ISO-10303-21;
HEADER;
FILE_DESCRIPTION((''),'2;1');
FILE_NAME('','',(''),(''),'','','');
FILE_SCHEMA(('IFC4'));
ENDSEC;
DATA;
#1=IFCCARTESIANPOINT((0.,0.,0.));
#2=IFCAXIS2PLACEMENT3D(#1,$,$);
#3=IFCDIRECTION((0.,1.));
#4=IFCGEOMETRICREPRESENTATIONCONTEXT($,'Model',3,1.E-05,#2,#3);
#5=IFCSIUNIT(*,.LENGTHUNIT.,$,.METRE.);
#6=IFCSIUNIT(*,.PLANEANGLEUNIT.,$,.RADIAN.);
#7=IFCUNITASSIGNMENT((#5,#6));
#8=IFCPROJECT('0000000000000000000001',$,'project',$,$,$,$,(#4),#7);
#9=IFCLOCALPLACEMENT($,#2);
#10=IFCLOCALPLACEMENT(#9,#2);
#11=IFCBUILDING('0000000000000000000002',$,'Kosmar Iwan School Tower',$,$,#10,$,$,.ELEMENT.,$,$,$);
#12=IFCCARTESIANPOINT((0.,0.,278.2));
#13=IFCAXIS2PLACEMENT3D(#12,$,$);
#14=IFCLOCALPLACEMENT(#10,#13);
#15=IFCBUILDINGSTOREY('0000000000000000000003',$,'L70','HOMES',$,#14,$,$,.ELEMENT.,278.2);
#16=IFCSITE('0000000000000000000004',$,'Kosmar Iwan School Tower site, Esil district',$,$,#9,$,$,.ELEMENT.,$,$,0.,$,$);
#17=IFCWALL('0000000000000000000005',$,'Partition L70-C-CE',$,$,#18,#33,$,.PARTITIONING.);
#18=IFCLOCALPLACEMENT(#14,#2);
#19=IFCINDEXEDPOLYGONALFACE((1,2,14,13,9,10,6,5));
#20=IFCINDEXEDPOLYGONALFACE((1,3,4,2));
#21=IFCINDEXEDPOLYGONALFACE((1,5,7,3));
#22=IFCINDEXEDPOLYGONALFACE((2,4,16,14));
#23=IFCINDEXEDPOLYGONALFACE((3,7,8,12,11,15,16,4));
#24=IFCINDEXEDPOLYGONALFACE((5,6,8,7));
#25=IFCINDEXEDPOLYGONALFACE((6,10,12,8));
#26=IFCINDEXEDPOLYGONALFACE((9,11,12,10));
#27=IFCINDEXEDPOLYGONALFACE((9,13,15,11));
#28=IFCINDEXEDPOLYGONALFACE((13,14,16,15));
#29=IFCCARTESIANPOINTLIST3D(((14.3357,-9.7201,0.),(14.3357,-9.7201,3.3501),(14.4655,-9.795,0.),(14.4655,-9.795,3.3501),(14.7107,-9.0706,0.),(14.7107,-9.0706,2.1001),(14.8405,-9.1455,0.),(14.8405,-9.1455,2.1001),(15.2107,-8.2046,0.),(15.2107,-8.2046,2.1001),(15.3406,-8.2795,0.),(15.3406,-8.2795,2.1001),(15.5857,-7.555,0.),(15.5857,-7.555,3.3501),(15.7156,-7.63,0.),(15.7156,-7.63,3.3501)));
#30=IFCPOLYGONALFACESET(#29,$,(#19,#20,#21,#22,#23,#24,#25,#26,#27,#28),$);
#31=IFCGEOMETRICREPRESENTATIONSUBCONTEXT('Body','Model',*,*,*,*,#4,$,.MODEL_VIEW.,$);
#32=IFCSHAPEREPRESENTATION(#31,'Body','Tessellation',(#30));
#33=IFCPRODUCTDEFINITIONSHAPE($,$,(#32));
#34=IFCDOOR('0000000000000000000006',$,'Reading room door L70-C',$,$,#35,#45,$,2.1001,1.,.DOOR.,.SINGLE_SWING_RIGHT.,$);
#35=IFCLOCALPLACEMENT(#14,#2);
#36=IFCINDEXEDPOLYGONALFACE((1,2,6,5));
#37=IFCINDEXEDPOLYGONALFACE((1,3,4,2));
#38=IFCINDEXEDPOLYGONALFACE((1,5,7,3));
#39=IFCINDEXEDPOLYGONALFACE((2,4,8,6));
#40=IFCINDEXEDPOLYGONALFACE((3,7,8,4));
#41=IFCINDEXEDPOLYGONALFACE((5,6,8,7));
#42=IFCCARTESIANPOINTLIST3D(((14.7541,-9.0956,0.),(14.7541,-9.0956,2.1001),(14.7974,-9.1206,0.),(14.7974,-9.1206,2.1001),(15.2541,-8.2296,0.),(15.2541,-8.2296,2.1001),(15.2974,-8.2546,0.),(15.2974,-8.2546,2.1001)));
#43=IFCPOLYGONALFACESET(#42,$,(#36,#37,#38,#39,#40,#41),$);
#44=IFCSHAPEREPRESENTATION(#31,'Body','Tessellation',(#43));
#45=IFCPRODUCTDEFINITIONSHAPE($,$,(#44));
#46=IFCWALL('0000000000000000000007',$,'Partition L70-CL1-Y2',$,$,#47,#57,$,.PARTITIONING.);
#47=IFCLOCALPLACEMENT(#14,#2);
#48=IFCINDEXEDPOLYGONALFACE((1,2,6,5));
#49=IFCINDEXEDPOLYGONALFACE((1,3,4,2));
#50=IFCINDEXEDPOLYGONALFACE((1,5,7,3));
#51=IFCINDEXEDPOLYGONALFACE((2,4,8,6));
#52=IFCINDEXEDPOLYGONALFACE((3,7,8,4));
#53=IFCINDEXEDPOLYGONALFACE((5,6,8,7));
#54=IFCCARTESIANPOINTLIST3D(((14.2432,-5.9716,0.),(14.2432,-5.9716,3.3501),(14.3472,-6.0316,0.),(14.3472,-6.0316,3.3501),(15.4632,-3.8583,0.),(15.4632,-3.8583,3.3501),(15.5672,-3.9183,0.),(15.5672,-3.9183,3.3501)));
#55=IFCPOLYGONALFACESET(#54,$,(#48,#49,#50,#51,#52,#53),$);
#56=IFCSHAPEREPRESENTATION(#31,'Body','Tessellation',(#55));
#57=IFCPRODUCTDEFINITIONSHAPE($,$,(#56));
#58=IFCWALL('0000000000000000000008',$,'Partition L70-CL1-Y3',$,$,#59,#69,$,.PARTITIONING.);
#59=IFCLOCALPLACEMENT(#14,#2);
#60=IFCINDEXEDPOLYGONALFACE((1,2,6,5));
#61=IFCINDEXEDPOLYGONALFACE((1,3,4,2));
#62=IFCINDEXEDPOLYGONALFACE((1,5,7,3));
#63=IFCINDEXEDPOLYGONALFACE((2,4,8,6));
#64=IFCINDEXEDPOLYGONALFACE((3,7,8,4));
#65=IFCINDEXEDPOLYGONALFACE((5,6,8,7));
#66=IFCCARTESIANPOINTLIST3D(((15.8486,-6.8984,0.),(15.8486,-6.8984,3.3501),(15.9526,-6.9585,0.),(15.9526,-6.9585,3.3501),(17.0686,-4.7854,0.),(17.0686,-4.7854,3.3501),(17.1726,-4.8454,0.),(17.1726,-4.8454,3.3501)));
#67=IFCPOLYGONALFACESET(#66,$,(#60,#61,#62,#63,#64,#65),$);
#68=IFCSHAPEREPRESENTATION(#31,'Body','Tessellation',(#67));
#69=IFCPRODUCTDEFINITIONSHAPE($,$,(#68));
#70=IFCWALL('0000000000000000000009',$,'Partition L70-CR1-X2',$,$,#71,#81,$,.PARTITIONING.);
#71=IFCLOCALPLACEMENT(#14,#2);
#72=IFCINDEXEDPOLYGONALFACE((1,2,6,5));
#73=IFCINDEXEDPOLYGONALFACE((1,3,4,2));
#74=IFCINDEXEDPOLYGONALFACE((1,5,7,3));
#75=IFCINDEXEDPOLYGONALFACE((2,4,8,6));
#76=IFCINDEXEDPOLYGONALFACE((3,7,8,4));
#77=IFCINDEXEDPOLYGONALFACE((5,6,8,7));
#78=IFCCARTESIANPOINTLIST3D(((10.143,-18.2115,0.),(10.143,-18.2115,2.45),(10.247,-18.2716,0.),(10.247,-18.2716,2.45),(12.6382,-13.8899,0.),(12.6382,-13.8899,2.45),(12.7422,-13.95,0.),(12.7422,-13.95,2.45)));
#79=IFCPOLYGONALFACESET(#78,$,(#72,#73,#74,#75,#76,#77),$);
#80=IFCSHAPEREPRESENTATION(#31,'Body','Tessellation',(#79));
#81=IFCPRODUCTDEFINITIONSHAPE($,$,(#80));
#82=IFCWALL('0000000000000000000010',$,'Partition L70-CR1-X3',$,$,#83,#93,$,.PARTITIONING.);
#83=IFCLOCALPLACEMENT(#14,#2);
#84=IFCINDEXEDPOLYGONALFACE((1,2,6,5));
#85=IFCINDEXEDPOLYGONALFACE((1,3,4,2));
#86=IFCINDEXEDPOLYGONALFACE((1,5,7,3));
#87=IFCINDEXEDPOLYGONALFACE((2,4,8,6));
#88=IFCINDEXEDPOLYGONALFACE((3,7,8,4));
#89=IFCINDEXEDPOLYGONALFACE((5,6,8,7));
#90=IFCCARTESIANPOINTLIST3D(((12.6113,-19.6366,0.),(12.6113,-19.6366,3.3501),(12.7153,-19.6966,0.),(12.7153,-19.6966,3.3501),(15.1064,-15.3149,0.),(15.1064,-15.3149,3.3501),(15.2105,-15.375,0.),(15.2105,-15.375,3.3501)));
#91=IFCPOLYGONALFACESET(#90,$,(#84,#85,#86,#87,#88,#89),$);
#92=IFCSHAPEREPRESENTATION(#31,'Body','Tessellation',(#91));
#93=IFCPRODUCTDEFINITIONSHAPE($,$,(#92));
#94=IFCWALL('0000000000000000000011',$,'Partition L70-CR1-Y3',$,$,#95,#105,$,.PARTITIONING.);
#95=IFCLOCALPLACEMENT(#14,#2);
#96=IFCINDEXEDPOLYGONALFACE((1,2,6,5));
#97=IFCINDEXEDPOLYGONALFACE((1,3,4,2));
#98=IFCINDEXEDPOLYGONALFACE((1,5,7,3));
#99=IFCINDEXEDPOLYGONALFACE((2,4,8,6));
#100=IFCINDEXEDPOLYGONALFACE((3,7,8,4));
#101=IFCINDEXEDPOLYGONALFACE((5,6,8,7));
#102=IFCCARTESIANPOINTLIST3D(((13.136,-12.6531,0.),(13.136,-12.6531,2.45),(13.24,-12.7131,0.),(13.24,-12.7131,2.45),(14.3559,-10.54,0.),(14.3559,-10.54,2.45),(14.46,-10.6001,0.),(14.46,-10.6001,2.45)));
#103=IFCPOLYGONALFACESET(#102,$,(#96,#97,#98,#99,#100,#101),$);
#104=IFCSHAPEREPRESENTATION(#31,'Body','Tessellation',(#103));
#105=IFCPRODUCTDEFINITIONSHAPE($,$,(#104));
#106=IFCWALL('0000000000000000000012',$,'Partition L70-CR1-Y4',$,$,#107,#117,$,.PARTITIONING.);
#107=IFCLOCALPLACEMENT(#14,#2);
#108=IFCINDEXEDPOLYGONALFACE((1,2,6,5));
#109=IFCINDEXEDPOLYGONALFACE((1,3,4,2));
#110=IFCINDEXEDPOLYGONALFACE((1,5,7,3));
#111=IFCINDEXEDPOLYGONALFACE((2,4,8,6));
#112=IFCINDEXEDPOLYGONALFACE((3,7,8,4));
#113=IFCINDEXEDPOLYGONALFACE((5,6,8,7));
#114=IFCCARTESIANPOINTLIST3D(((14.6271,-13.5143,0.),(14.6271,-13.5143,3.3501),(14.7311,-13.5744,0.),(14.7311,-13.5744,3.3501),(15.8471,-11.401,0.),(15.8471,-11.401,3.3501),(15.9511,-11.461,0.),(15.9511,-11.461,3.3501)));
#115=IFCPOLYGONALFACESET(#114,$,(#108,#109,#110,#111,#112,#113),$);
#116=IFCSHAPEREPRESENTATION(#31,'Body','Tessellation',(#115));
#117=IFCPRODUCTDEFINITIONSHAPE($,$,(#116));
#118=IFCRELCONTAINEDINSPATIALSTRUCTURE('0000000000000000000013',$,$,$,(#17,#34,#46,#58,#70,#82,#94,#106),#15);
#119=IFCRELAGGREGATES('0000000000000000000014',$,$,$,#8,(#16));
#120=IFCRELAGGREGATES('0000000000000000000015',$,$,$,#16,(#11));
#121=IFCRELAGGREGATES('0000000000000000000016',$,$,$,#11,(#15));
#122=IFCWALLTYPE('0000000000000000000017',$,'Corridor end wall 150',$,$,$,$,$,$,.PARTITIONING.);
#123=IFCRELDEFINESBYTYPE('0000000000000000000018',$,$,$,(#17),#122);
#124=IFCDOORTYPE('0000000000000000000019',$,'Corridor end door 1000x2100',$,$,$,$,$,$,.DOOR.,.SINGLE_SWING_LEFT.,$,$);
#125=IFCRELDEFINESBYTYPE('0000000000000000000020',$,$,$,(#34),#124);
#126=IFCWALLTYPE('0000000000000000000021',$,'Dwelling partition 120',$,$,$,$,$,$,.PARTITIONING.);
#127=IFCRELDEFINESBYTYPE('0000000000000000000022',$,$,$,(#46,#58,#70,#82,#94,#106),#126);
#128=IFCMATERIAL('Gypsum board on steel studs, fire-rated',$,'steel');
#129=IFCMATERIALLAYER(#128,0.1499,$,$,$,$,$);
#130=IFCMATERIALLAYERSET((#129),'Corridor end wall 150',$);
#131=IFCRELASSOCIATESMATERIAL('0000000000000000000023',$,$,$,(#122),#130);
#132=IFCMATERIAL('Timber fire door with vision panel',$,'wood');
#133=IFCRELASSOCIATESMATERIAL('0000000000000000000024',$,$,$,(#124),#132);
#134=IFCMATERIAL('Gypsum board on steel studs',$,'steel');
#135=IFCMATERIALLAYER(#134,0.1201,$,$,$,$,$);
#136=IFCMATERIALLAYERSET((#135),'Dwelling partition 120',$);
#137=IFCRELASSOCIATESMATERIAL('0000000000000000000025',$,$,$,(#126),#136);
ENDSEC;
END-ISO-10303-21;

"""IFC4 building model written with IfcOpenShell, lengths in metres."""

from ifc_helpers import new_model, si_unit, direction, frame, frame_2d, origin, place, context, subcontext, project, spatial, rectangle, extrude, material, layer, layer_set, type_object, element, fill, save


model = new_model("IFC4")

# Units and contexts
model_context = context("Model", 3, precision=1e-05, world=origin(), true_north=direction((0.0, 1.0)))
body_context = subcontext(model_context, "Body", "Model", "MODEL_VIEW")
ifc_project = project(units=[si_unit("LENGTHUNIT", "METRE"), si_unit("PLANEANGLEUNIT", "RADIAN")], contexts=[model_context])

# Site, building, storey
site_placement = place(None, origin())
site = spatial("IfcSite", under=ifc_project, at=site_placement, Name="Kosmar Iwan School Tower site, Esil district", CompositionType="ELEMENT", RefElevation=0.0)
building_placement = place(site_placement, origin())
building = spatial("IfcBuilding", under=site, at=building_placement, Name="Kosmar Iwan School Tower", CompositionType="ELEMENT")
storey_placement = place(building_placement, frame((0.0, 0.0, 278.2)))
storey = spatial("IfcBuildingStorey", under=building, at=storey_placement, Name="L70", Description="HOMES", CompositionType="ELEMENT", Elevation=278.2)

# Wall, opening, door
ifc_material_1 = material(Name="Gypsum board on steel studs, fire-rated", Category="steel")
ifc_layer_1 = layer(ifc_material_1, 0.1499)
ifc_layer_set_1 = layer_set([ifc_layer_1], Name="Corridor end wall 150")
wall_type_1 = type_object("IfcWallType", Name="Corridor end wall 150", PredefinedType="PARTITIONING", material=ifc_layer_set_1)
wall_1_placement = place(storey_placement, frame((14.4006, -9.7576, 0.0), z_axis=(0.0, 0.0, 1.0), x_axis=(0.500004, 0.866023, 0.0)))
wall_1 = element("IfcWall", 1, at=wall_1_placement, inside=storey, type_object=wall_type_1, Name="Partition L70-C-CE", PredefinedType="PARTITIONING", context=body_context, shape_type="SweptSolid", body=[
    extrude(rectangle(XDim=2.5, YDim=0.1499, at=frame_2d((1.25, 0.0))), origin(), (0.0, 0.0, 1.0), 3.3501),
])
opening_placement = place(wall_1_placement, frame((0.75, 0.0, 0.0)))
opening = element("IfcOpeningElement", 2, at=opening_placement, cuts=wall_1, PredefinedType="OPENING", context=body_context, shape_type="SweptSolid", body=[
    extrude(rectangle(XDim=1.0, YDim=2.1001, at=frame_2d((0.5, 1.05))), frame((0.0, 0.0869, 0.0), z_axis=(0.0, -1.0, 0.0), x_axis=(1.0, 0.0, 0.0)), (0.0, 0.0, 1.0), 0.1738),
])
ifc_material_2 = material(Name="Timber fire door with vision panel", Category="wood")
door_type = type_object("IfcDoorType", Name="Corridor end door 1000x2100", OperationType="SINGLE_SWING_LEFT", PredefinedType="DOOR", material=ifc_material_2)
door_placement = place(opening_placement, origin())
door = element("IfcDoor", 3, at=door_placement, inside=storey, type_object=door_type, Name="Reading room door L70-C", OperationType="SINGLE_SWING_RIGHT", OverallHeight=2.1001, OverallWidth=1.0, PredefinedType="DOOR", context=body_context, shape_type="SweptSolid", body=[
    extrude(rectangle(XDim=1.0, YDim=2.1001, at=frame_2d((0.5, 1.05))), frame((0.0, 0.0249, 0.0), z_axis=(0.0, -1.0, 0.0), x_axis=(1.0, 0.0, 0.0)), (0.0, 0.0, 1.0), 0.05),
])
fill(opening, door)

# Walls
ifc_material_3 = material(Name="Gypsum board on steel studs", Category="steel")
ifc_layer_2 = layer(ifc_material_3, 0.1201)
ifc_layer_set_2 = layer_set([ifc_layer_2], Name="Dwelling partition 120")
wall_type_2 = type_object("IfcWallType", Name="Dwelling partition 120", PredefinedType="PARTITIONING", material=ifc_layer_set_2)
wall_2_placement = place(storey_placement, frame((14.2952, -6.0017, 0.0), z_axis=(0.0, 0.0, 1.0), x_axis=(0.499959, 0.866049, 0.0)))
element("IfcWall", 4, at=wall_2_placement, inside=storey, type_object=wall_type_2, Name="Partition L70-CL1-Y2", PredefinedType="PARTITIONING", context=body_context, shape_type="SweptSolid", body=[
    extrude(rectangle(XDim=2.4402, YDim=0.1201, at=frame_2d((1.2202, 0.0))), origin(), (0.0, 0.0, 1.0), 3.3501),
])
wall_3_placement = place(storey_placement, frame((15.9006, -6.9285, 0.0), z_axis=(0.0, 0.0, 1.0), x_axis=(0.500003, 0.866024, 0.0)))
element("IfcWall", 5, at=wall_3_placement, inside=storey, type_object=wall_type_2, Name="Partition L70-CL1-Y3", PredefinedType="PARTITIONING", context=body_context, shape_type="SweptSolid", body=[
    extrude(rectangle(XDim=2.4399, YDim=0.1201, at=frame_2d((1.22, 0.0))), origin(), (0.0, 0.0, 1.0), 3.3501),
])
wall_4_placement = place(storey_placement, frame((12.6902, -13.9199, 0.0), z_axis=(0.0, 0.0, 1.0), x_axis=(-0.500012, -0.866019, 0.0)))
element("IfcWall", 6, at=wall_4_placement, inside=storey, type_object=wall_type_2, Name="Partition L70-CR1-X2", PredefinedType="PARTITIONING", context=body_context, shape_type="SweptSolid", body=[
    extrude(rectangle(XDim=4.9902, YDim=0.1201, at=frame_2d((2.4951, 0.0))), origin(), (0.0, 0.0, 1.0), 2.45),
])
wall_5_placement = place(storey_placement, frame((15.1584, -15.345, 0.0), z_axis=(0.0, 0.0, 1.0), x_axis=(-0.500012, -0.866019, 0.0)))
element("IfcWall", 7, at=wall_5_placement, inside=storey, type_object=wall_type_2, Name="Partition L70-CR1-X3", PredefinedType="PARTITIONING", context=body_context, shape_type="SweptSolid", body=[
    extrude(rectangle(XDim=4.9902, YDim=0.1201, at=frame_2d((2.4951, 0.0))), origin(), (0.0, 0.0, 1.0), 3.3501),
])
wall_6_placement = place(storey_placement, frame((14.408, -10.5701, 0.0), z_axis=(0.0, 0.0, 1.0), x_axis=(-0.500003, -0.866024, 0.0)))
element("IfcWall", 8, at=wall_6_placement, inside=storey, type_object=wall_type_2, Name="Partition L70-CR1-Y3", PredefinedType="PARTITIONING", context=body_context, shape_type="SweptSolid", body=[
    extrude(rectangle(XDim=2.4399, YDim=0.1201, at=frame_2d((1.22, 0.0))), origin(), (0.0, 0.0, 1.0), 2.45),
])
wall_7_placement = place(storey_placement, frame((15.8992, -11.4309, 0.0), z_axis=(0.0, 0.0, 1.0), x_axis=(-0.499959, -0.866049, 0.0)))
element("IfcWall", 9, at=wall_7_placement, inside=storey, type_object=wall_type_2, Name="Partition L70-CR1-Y4", PredefinedType="PARTITIONING", context=body_context, shape_type="SweptSolid", body=[
    extrude(rectangle(XDim=2.4402, YDim=0.1201, at=frame_2d((1.2202, 0.0))), origin(), (0.0, 0.0, 1.0), 3.3501),
])

save(model, "model.ifc")
